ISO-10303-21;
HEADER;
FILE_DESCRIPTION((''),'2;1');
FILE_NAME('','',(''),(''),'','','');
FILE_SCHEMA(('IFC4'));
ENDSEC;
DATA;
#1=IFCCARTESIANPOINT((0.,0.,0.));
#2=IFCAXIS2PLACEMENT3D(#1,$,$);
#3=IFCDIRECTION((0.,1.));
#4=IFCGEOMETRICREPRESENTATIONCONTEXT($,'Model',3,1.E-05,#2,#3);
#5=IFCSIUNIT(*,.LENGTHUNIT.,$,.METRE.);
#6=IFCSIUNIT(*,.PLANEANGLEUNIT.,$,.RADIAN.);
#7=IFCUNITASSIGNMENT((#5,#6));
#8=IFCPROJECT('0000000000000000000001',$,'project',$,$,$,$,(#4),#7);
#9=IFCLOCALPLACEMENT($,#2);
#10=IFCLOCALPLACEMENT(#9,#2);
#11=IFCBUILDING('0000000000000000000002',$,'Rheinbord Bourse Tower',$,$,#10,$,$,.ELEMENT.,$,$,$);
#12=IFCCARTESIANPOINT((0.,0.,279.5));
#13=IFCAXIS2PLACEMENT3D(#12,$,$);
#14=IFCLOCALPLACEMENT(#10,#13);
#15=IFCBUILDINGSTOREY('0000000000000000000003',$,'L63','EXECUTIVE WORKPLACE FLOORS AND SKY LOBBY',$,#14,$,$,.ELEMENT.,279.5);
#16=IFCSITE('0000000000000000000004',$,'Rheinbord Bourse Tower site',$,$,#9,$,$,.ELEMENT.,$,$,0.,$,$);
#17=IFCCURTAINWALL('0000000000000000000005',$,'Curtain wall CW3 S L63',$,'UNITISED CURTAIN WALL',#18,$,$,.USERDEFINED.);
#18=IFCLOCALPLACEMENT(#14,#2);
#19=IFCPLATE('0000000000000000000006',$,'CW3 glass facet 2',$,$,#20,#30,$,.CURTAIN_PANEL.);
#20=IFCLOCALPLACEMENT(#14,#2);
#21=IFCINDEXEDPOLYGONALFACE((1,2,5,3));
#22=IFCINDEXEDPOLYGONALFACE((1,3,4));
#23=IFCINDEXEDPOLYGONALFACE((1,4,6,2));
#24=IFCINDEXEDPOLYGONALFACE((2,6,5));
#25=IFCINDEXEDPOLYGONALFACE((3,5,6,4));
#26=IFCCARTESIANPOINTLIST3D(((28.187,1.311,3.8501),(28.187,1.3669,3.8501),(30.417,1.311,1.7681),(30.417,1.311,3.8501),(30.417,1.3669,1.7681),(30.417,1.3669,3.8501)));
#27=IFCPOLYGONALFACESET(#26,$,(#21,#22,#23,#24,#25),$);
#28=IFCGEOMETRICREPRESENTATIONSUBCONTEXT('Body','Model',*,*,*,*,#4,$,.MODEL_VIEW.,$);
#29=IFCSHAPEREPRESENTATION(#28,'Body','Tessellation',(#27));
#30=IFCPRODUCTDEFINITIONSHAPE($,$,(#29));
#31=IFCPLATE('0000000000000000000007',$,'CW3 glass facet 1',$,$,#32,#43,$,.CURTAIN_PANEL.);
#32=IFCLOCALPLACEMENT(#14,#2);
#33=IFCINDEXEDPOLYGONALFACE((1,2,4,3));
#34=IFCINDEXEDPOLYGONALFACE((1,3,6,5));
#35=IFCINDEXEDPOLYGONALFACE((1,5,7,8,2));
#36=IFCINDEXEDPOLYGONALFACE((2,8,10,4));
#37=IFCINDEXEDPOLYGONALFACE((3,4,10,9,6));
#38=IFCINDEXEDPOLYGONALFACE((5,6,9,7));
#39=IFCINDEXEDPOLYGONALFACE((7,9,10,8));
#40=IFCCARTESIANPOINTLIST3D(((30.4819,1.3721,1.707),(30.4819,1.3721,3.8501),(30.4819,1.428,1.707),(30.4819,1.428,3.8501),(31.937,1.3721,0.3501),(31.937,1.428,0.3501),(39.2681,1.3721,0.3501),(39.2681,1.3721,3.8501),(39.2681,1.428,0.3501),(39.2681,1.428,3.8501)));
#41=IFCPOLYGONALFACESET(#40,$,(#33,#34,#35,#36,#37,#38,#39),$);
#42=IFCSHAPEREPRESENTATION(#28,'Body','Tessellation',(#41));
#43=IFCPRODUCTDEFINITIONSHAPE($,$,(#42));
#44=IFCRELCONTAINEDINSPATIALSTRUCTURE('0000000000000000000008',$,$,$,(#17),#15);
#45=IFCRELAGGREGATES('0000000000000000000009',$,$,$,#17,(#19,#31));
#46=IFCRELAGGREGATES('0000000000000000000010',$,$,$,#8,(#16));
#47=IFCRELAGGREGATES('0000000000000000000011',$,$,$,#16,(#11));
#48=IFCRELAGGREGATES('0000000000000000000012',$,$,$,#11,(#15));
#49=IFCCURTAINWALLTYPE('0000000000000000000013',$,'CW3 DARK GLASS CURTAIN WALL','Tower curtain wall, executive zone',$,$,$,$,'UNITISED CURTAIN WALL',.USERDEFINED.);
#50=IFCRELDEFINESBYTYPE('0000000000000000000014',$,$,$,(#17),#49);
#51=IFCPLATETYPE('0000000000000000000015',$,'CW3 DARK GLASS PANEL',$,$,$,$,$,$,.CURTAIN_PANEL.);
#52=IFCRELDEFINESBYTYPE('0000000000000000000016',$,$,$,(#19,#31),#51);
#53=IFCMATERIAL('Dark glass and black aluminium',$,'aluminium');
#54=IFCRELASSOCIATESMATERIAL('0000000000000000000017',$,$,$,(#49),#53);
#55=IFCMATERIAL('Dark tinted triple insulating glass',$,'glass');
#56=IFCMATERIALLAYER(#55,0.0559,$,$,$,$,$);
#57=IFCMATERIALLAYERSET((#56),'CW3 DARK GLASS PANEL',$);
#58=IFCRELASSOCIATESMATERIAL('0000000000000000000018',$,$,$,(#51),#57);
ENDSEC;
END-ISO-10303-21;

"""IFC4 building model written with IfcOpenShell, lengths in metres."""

from ifc_helpers import new_model, si_unit, direction, frame, origin, place, context, subcontext, project, spatial, polyline, outline, extrude, material, layer, layer_set, type_object, element, aggregate, save


model = new_model("IFC4")

# Units and contexts
model_context = context("Model", 3, precision=1e-05, world=origin(), true_north=direction((0.0, 1.0)))
body_context = subcontext(model_context, "Body", "Model", "MODEL_VIEW")
ifc_project = project(units=[si_unit("LENGTHUNIT", "METRE"), si_unit("PLANEANGLEUNIT", "RADIAN")], contexts=[model_context])

# Site, building, storey
site_placement = place(None, origin())
site = spatial("IfcSite", under=ifc_project, at=site_placement, Name="Rheinbord Bourse Tower site", CompositionType="ELEMENT", RefElevation=0.0)
building_placement = place(site_placement, origin())
building = spatial("IfcBuilding", under=site, at=building_placement, Name="Rheinbord Bourse Tower", CompositionType="ELEMENT")
storey_placement = place(building_placement, frame((0.0, 0.0, 279.5)))
storey = spatial("IfcBuildingStorey", under=building, at=storey_placement, Name="L63", Description="EXECUTIVE WORKPLACE FLOORS AND SKY LOBBY", CompositionType="ELEMENT", Elevation=279.5)

# Curtain wall
ifc_material_1 = material(Name="Dark glass and black aluminium", Category="aluminium")
curtain_wall_type = type_object("IfcCurtainWallType", Name="CW3 DARK GLASS CURTAIN WALL", Description="Tower curtain wall, executive zone", ElementType="UNITISED CURTAIN WALL", PredefinedType="USERDEFINED", material=ifc_material_1)
curtain_wall_placement = place(storey_placement, origin())
curtain_wall = element("IfcCurtainWall", 1, at=curtain_wall_placement, inside=storey, type_object=curtain_wall_type, Name="Curtain wall CW3 S L63", ObjectType="UNITISED CURTAIN WALL", PredefinedType="USERDEFINED")

# Plates
ifc_material_2 = material(Name="Dark tinted triple insulating glass", Category="glass")
ifc_layer = layer(ifc_material_2, 0.0559)
ifc_layer_set = layer_set([ifc_layer], Name="CW3 DARK GLASS PANEL")
plate_type = type_object("IfcPlateType", Name="CW3 DARK GLASS PANEL", PredefinedType="CURTAIN_PANEL", material=ifc_layer_set)
plate_1_placement = place(storey_placement, frame((30.417, 1.311, 3.8501), z_axis=(0.0, 1.0, 0.0), x_axis=(0.0, 0.0, -1.0)))
plate_1 = element("IfcPlate", 2, at=plate_1_placement, type_object=plate_type, Name="CW3 glass facet 2", PredefinedType="CURTAIN_PANEL", context=body_context, shape_type="SweptSolid", body=[
    extrude(outline(polyline([(0.0, 0.0), (2.082, 0.0), (0.0, 2.23), (0.0, 0.0)])), origin(), (0.0, 0.0, 1.0), 0.0559),
])
plate_2_placement = place(storey_placement, frame((30.4819, 1.3721, 3.8501), z_axis=(0.0, 1.0, 0.0), x_axis=(1.0, 0.0, 0.0)))
plate_2 = element("IfcPlate", 3, at=plate_2_placement, type_object=plate_type, Name="CW3 glass facet 1", PredefinedType="CURTAIN_PANEL", context=body_context, shape_type="SweptSolid", body=[
    extrude(outline(polyline([(0.0, 0.0), (8.7861, 0.0), (8.7861, 3.5), (1.4551, 3.5), (0.0, 2.1431), (0.0, 0.0)])), origin(), (0.0, 0.0, 1.0), 0.0559),
])
aggregate(curtain_wall, [plate_1, plate_2])

save(model, "model.ifc")
